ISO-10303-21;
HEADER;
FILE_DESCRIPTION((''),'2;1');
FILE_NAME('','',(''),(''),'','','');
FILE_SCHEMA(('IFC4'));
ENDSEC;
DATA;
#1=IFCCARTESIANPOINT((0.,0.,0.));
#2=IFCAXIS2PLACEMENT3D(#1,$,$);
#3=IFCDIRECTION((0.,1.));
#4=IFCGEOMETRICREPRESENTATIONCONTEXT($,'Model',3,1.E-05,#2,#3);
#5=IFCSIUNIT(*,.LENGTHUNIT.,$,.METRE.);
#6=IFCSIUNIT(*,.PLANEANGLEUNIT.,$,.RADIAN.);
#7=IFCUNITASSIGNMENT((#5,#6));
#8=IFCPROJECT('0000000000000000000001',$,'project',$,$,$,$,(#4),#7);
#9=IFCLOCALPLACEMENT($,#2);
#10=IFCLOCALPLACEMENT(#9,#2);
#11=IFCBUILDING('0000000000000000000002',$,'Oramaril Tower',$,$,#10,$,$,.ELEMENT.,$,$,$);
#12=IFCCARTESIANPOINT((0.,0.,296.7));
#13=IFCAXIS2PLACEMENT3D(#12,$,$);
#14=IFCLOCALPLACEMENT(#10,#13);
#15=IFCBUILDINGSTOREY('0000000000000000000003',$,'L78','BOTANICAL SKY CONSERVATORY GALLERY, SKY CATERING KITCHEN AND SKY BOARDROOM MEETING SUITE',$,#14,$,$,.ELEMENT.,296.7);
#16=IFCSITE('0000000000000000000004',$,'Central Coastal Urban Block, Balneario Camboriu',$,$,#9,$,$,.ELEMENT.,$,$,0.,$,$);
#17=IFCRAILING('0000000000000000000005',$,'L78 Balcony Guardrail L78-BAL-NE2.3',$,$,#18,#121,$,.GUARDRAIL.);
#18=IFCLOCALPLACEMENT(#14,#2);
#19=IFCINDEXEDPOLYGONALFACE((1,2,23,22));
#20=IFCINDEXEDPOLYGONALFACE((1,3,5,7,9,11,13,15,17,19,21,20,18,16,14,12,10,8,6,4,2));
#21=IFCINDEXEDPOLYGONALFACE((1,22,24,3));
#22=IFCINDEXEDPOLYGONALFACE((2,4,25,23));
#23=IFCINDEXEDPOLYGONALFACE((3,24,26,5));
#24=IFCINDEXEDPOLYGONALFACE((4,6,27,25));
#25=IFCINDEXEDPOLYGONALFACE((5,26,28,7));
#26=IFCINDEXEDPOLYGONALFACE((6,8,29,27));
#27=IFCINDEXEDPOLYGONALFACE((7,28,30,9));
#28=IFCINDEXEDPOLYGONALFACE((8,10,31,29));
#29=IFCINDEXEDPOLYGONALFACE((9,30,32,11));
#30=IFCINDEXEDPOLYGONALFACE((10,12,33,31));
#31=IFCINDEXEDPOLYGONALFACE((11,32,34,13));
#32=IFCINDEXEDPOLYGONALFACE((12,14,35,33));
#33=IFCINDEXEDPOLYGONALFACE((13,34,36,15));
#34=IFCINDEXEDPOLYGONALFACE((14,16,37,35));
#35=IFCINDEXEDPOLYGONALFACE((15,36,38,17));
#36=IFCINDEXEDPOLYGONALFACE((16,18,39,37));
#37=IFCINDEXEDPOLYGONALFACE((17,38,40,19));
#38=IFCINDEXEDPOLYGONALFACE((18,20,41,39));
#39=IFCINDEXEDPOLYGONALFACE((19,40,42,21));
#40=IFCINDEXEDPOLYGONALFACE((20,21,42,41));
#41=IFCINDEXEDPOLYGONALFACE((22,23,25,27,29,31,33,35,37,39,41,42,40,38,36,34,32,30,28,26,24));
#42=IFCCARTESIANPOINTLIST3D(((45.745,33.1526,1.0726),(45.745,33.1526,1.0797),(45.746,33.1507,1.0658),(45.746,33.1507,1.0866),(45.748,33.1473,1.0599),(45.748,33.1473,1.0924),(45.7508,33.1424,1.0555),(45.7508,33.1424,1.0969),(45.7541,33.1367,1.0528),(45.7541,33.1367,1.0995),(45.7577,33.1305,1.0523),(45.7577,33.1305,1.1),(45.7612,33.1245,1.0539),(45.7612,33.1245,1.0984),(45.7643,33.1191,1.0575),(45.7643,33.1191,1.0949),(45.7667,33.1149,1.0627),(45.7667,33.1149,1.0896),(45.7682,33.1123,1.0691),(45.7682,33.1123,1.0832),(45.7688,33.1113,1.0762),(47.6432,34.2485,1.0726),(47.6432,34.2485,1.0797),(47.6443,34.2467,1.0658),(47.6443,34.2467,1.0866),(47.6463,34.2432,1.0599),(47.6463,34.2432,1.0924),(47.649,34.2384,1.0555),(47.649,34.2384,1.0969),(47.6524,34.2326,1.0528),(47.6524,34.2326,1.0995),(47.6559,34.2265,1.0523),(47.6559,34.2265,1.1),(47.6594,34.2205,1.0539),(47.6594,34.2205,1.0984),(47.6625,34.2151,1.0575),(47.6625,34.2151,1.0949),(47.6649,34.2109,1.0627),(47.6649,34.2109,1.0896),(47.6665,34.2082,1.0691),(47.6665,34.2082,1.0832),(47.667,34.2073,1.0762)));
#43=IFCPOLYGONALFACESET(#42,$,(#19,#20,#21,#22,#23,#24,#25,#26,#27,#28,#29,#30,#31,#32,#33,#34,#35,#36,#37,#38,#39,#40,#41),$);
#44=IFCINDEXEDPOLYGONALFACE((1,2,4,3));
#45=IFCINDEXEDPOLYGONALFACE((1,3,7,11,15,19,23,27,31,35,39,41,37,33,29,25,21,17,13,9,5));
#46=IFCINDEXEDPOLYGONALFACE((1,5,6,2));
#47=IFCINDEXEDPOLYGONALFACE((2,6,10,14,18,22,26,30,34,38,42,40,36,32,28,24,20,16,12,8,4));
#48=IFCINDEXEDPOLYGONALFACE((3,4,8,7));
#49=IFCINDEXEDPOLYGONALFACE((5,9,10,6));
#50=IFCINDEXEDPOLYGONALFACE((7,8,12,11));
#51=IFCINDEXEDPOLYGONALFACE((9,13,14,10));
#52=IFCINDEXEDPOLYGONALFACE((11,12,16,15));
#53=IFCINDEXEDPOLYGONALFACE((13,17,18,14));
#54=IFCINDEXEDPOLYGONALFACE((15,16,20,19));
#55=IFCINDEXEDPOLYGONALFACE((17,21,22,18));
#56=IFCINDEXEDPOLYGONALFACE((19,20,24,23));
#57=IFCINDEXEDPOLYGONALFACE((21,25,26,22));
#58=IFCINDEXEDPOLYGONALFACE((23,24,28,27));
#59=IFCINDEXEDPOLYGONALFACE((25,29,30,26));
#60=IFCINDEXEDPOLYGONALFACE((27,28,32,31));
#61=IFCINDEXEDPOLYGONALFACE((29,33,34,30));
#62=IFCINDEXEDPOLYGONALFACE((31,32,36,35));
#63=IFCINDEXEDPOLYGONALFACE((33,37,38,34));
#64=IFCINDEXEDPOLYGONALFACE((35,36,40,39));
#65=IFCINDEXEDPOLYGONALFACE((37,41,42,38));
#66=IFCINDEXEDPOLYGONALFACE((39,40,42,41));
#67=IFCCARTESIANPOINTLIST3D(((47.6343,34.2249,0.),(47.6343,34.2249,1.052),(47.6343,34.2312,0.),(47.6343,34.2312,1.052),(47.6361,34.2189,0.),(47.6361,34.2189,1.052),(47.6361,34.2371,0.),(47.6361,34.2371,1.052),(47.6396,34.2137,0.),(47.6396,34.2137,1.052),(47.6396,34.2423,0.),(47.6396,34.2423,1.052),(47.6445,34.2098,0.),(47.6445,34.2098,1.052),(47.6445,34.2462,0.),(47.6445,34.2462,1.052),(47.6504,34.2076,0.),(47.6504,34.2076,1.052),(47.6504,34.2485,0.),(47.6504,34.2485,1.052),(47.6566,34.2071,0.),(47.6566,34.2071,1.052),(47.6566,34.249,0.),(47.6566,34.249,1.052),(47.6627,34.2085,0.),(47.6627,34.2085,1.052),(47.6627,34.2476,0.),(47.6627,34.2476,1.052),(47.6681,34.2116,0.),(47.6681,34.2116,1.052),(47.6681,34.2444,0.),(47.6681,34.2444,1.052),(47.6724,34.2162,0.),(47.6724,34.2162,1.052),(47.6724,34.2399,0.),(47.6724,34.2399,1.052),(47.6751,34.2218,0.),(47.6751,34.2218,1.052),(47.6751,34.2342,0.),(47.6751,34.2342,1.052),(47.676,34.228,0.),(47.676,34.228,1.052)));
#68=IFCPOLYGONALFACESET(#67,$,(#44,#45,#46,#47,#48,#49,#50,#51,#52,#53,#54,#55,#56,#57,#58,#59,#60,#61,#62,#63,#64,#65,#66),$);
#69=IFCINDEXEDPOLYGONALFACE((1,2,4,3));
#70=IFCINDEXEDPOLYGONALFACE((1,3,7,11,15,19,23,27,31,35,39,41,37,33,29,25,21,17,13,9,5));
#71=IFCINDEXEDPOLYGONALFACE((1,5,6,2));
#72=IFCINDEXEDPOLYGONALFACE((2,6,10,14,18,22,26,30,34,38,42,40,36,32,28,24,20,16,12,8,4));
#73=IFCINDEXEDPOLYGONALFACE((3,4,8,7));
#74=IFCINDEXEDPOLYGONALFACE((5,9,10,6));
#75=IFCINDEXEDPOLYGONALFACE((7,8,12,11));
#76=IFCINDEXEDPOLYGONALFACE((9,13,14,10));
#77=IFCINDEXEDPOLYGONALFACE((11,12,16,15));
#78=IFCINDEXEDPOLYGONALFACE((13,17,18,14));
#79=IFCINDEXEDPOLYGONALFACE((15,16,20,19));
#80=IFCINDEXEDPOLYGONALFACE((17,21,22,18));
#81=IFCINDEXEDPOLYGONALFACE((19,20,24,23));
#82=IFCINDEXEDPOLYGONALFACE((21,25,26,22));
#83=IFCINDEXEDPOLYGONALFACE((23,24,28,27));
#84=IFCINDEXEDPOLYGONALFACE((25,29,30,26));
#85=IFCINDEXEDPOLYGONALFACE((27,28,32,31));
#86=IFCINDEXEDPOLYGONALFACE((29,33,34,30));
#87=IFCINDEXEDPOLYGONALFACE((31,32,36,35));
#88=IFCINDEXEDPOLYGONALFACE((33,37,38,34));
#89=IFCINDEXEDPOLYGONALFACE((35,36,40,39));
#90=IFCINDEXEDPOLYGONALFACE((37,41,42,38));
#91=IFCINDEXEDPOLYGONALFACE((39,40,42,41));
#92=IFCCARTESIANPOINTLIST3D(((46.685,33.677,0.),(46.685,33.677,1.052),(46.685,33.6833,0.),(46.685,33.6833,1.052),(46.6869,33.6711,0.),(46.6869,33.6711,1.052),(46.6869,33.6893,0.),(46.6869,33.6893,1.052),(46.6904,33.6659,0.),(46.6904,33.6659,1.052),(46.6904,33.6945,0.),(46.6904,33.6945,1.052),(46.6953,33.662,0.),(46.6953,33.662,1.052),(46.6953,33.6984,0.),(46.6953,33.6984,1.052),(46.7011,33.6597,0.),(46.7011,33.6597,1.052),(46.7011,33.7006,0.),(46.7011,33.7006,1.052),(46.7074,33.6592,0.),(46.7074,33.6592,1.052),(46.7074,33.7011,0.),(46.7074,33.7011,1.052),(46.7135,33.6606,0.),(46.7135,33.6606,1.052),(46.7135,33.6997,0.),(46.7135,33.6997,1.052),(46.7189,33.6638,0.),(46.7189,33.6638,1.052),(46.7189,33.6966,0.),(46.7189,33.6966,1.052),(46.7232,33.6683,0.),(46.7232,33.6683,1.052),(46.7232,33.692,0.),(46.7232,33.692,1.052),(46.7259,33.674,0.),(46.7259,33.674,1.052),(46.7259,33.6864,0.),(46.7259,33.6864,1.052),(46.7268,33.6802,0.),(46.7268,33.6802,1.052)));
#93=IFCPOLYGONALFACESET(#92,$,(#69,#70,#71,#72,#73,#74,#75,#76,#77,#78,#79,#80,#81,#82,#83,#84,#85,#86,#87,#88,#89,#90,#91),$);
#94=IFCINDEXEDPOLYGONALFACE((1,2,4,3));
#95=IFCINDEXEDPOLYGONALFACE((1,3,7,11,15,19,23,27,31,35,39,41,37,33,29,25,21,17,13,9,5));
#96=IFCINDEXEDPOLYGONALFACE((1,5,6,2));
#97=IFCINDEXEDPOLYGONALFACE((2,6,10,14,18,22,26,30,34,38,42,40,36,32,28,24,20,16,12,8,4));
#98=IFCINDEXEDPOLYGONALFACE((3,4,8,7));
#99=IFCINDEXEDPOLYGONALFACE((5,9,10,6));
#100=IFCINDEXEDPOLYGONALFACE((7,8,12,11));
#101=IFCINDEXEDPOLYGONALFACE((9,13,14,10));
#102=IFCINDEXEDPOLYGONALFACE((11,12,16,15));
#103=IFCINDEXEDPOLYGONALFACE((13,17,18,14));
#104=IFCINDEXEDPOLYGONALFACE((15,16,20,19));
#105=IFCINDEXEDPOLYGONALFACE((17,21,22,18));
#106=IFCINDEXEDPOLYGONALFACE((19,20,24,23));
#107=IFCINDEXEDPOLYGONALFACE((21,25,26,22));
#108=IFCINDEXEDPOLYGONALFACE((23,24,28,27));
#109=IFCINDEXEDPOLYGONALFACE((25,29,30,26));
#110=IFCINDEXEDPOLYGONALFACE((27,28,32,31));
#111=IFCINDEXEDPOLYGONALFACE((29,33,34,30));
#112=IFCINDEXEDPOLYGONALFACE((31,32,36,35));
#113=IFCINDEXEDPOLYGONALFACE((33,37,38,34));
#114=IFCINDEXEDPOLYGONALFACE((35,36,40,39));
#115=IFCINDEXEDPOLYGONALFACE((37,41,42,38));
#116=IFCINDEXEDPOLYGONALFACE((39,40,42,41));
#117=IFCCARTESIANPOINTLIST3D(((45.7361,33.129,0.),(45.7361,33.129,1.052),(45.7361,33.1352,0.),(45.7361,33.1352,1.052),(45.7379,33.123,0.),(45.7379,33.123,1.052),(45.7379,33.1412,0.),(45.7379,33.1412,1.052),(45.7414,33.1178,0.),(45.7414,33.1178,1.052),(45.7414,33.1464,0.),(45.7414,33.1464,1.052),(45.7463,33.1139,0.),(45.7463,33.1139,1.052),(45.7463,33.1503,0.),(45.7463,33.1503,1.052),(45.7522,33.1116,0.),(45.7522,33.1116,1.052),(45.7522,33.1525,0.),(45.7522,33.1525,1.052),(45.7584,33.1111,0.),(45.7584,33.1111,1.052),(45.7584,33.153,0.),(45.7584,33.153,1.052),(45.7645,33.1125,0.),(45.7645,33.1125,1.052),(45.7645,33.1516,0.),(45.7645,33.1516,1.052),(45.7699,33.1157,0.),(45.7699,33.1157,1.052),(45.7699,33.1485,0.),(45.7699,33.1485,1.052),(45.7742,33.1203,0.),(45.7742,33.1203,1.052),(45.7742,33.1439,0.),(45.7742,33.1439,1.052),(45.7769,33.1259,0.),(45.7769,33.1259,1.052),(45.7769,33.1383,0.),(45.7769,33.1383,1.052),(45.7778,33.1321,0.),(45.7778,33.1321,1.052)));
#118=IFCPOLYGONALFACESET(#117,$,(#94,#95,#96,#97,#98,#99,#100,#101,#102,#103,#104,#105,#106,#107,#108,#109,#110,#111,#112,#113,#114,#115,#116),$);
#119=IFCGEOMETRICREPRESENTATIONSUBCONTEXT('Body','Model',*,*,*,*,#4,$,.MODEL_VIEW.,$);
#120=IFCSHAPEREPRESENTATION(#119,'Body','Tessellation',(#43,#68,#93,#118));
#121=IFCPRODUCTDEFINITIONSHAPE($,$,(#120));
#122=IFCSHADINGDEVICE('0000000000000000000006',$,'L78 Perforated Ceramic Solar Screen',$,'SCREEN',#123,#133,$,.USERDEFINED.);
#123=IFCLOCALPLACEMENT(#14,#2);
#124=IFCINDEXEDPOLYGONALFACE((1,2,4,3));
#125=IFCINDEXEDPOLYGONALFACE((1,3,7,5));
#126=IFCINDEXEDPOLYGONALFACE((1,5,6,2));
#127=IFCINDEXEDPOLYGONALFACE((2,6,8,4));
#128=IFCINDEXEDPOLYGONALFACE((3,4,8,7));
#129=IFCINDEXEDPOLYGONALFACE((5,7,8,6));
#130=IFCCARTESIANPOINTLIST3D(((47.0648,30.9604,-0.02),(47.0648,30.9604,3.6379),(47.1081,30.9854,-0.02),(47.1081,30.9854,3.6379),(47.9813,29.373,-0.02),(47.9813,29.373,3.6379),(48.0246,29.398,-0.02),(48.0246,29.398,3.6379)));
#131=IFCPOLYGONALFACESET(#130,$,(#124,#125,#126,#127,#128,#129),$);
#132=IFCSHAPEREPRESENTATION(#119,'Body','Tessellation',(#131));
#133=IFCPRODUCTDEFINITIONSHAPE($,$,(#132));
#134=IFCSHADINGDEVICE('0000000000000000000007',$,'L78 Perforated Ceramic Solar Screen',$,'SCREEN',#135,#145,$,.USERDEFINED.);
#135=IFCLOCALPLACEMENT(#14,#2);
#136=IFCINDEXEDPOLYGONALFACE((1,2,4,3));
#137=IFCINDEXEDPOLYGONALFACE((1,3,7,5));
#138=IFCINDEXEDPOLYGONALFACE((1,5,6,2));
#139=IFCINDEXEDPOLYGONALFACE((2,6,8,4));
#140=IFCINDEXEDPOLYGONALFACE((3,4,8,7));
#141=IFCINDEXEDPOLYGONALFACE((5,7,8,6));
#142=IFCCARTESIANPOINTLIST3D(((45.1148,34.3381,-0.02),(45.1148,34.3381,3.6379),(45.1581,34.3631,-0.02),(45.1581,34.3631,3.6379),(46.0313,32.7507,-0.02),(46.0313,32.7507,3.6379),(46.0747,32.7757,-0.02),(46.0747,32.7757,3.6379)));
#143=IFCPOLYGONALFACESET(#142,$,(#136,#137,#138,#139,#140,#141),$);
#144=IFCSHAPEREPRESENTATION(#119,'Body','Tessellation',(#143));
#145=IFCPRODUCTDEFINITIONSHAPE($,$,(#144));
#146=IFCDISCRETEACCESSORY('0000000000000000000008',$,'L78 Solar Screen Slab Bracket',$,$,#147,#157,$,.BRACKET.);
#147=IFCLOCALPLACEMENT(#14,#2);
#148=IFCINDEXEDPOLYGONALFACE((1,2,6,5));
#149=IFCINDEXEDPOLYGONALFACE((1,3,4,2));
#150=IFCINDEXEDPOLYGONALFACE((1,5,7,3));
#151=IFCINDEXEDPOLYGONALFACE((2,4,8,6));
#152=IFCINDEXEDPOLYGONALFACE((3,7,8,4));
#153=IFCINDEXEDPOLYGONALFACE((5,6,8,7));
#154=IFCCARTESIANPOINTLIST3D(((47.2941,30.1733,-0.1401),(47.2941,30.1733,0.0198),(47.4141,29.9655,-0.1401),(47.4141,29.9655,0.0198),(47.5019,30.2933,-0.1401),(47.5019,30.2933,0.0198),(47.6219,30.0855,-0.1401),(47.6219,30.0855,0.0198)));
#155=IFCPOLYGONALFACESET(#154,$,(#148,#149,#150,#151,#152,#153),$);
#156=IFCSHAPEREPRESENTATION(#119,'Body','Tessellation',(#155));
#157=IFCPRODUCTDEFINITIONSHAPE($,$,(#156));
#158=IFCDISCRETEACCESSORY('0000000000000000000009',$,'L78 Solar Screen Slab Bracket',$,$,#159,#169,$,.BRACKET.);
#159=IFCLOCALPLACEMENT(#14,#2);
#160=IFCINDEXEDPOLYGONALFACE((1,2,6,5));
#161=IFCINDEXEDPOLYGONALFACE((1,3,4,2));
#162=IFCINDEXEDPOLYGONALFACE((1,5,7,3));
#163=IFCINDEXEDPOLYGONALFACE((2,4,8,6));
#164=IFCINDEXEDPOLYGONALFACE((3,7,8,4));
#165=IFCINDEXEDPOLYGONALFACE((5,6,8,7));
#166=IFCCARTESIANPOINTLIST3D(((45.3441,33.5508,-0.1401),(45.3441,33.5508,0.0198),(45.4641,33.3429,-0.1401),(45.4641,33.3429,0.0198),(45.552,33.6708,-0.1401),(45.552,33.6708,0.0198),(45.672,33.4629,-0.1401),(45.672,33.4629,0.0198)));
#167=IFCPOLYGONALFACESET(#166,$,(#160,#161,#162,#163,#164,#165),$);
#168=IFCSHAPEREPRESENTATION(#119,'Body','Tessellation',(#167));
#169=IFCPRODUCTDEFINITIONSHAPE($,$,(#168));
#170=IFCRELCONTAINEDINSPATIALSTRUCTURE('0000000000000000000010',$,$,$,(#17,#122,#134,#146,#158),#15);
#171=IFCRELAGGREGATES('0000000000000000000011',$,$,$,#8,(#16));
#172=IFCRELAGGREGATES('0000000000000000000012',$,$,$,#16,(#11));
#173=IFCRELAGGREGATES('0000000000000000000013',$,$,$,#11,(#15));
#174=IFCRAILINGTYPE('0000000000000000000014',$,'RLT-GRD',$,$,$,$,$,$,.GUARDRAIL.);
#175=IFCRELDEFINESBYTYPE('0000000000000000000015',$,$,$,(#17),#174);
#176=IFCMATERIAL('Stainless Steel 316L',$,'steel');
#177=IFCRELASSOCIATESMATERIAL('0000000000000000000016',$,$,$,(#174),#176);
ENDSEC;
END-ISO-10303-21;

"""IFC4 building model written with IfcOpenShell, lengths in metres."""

from ifc_helpers import new_model, si_unit, direction, frame, origin, origin_2d, place, context, subcontext, project, spatial, rectangle, circle, extrude, material, type_object, element, save


model = new_model("IFC4")

# Units and contexts
model_context = context("Model", 3, precision=1e-05, world=origin(), true_north=direction((0.0, 1.0)))
body_context = subcontext(model_context, "Body", "Model", "MODEL_VIEW")
ifc_project = project(units=[si_unit("LENGTHUNIT", "METRE"), si_unit("PLANEANGLEUNIT", "RADIAN")], contexts=[model_context])

# Site, building, storey
site_placement = place(None, origin())
site = spatial("IfcSite", under=ifc_project, at=site_placement, Name="Central Coastal Urban Block, Balneario Camboriu", CompositionType="ELEMENT", RefElevation=0.0)
building_placement = place(site_placement, origin())
building = spatial("IfcBuilding", under=site, at=building_placement, Name="Oramaril Tower", CompositionType="ELEMENT")
storey_placement = place(building_placement, frame((0.0, 0.0, 296.7)))
storey = spatial("IfcBuildingStorey", under=building, at=storey_placement, Name="L78", Description="BOTANICAL SKY CONSERVATORY GALLERY, SKY CATERING KITCHEN AND SKY BOARDROOM MEETING SUITE", CompositionType="ELEMENT", Elevation=296.7)

# Railing
ifc_material_1 = material(Name="Stainless Steel 316L", Category="steel")
railing_type = type_object("IfcRailingType", Name="RLT-GRD", PredefinedType="GUARDRAIL", material=ifc_material_1)
railing_placement = place(storey_placement, frame((47.655, 34.228, 0.0)))
element("IfcRailing", 1, at=railing_placement, inside=storey, type_object=railing_type, Name="L78 Balcony Guardrail L78-BAL-NE2.3", PredefinedType="GUARDRAIL", context=body_context, shape_type="SweptSolid", body=[
    extrude(circle(Radius=0.0239, at=origin_2d()), frame((0.0, 0.0, 1.0762), z_axis=(-0.866021, -0.500008, 0.0), x_axis=(0.500008, -0.866021, 0.0)), (0.0, 0.0, 1.0), 2.1919),
    extrude(circle(Radius=0.021, at=origin_2d()), origin(), (0.0, 0.0, 1.0), 1.052),
    extrude(circle(Radius=0.021, at=origin_2d()), frame((-0.9492, -0.5479, 0.0)), (0.0, 0.0, 1.0), 1.052),
    extrude(circle(Radius=0.021, at=origin_2d()), frame((-1.8982, -1.0959, 0.0)), (0.0, 0.0, 1.0), 1.052),
])

# Shading devices
for number, where, z_axis, x_axis, name in (
    (2, (47.5447, 30.1792, -0.02), (0.0, 0.0, 1.0), (-0.500002, 0.866025, 0.0), "L78 Perforated Ceramic Solar Screen"),
    (3, (45.5947, 33.5569, -0.02), (0.0, 0.0, 1.0), (-0.500002, 0.866025, 0.0), "L78 Perforated Ceramic Solar Screen"),
):
    element("IfcShadingDevice", number, at=place(storey_placement, frame(where, z_axis=z_axis, x_axis=x_axis)), inside=storey, Name=name, ObjectType="SCREEN", PredefinedType="USERDEFINED", context=body_context, shape_type="SweptSolid", body=[
        extrude(rectangle(XDim=1.833, YDim=0.05, at=origin_2d()), origin(), (0.0, 0.0, 1.0), 3.658),
    ])

# Discrete accessories
for number, where, z_axis, x_axis, name in (
    (4, (47.458, 30.1294, -0.1401), (0.0, 0.0, 1.0), (-0.500002, 0.866025, 0.0), "L78 Solar Screen Slab Bracket"),
    (5, (45.5081, 33.5068, -0.1401), (0.0, 0.0, 1.0), (-0.500002, 0.866025, 0.0), "L78 Solar Screen Slab Bracket"),
):
    element("IfcDiscreteAccessory", number, at=place(storey_placement, frame(where, z_axis=z_axis, x_axis=x_axis)), inside=storey, Name=name, PredefinedType="BRACKET", context=body_context, shape_type="SweptSolid", body=[
        extrude(rectangle(XDim=0.24, YDim=0.24, at=origin_2d()), origin(), (0.0, 0.0, 1.0), 0.1599),
    ])

save(model, "model.ifc")
